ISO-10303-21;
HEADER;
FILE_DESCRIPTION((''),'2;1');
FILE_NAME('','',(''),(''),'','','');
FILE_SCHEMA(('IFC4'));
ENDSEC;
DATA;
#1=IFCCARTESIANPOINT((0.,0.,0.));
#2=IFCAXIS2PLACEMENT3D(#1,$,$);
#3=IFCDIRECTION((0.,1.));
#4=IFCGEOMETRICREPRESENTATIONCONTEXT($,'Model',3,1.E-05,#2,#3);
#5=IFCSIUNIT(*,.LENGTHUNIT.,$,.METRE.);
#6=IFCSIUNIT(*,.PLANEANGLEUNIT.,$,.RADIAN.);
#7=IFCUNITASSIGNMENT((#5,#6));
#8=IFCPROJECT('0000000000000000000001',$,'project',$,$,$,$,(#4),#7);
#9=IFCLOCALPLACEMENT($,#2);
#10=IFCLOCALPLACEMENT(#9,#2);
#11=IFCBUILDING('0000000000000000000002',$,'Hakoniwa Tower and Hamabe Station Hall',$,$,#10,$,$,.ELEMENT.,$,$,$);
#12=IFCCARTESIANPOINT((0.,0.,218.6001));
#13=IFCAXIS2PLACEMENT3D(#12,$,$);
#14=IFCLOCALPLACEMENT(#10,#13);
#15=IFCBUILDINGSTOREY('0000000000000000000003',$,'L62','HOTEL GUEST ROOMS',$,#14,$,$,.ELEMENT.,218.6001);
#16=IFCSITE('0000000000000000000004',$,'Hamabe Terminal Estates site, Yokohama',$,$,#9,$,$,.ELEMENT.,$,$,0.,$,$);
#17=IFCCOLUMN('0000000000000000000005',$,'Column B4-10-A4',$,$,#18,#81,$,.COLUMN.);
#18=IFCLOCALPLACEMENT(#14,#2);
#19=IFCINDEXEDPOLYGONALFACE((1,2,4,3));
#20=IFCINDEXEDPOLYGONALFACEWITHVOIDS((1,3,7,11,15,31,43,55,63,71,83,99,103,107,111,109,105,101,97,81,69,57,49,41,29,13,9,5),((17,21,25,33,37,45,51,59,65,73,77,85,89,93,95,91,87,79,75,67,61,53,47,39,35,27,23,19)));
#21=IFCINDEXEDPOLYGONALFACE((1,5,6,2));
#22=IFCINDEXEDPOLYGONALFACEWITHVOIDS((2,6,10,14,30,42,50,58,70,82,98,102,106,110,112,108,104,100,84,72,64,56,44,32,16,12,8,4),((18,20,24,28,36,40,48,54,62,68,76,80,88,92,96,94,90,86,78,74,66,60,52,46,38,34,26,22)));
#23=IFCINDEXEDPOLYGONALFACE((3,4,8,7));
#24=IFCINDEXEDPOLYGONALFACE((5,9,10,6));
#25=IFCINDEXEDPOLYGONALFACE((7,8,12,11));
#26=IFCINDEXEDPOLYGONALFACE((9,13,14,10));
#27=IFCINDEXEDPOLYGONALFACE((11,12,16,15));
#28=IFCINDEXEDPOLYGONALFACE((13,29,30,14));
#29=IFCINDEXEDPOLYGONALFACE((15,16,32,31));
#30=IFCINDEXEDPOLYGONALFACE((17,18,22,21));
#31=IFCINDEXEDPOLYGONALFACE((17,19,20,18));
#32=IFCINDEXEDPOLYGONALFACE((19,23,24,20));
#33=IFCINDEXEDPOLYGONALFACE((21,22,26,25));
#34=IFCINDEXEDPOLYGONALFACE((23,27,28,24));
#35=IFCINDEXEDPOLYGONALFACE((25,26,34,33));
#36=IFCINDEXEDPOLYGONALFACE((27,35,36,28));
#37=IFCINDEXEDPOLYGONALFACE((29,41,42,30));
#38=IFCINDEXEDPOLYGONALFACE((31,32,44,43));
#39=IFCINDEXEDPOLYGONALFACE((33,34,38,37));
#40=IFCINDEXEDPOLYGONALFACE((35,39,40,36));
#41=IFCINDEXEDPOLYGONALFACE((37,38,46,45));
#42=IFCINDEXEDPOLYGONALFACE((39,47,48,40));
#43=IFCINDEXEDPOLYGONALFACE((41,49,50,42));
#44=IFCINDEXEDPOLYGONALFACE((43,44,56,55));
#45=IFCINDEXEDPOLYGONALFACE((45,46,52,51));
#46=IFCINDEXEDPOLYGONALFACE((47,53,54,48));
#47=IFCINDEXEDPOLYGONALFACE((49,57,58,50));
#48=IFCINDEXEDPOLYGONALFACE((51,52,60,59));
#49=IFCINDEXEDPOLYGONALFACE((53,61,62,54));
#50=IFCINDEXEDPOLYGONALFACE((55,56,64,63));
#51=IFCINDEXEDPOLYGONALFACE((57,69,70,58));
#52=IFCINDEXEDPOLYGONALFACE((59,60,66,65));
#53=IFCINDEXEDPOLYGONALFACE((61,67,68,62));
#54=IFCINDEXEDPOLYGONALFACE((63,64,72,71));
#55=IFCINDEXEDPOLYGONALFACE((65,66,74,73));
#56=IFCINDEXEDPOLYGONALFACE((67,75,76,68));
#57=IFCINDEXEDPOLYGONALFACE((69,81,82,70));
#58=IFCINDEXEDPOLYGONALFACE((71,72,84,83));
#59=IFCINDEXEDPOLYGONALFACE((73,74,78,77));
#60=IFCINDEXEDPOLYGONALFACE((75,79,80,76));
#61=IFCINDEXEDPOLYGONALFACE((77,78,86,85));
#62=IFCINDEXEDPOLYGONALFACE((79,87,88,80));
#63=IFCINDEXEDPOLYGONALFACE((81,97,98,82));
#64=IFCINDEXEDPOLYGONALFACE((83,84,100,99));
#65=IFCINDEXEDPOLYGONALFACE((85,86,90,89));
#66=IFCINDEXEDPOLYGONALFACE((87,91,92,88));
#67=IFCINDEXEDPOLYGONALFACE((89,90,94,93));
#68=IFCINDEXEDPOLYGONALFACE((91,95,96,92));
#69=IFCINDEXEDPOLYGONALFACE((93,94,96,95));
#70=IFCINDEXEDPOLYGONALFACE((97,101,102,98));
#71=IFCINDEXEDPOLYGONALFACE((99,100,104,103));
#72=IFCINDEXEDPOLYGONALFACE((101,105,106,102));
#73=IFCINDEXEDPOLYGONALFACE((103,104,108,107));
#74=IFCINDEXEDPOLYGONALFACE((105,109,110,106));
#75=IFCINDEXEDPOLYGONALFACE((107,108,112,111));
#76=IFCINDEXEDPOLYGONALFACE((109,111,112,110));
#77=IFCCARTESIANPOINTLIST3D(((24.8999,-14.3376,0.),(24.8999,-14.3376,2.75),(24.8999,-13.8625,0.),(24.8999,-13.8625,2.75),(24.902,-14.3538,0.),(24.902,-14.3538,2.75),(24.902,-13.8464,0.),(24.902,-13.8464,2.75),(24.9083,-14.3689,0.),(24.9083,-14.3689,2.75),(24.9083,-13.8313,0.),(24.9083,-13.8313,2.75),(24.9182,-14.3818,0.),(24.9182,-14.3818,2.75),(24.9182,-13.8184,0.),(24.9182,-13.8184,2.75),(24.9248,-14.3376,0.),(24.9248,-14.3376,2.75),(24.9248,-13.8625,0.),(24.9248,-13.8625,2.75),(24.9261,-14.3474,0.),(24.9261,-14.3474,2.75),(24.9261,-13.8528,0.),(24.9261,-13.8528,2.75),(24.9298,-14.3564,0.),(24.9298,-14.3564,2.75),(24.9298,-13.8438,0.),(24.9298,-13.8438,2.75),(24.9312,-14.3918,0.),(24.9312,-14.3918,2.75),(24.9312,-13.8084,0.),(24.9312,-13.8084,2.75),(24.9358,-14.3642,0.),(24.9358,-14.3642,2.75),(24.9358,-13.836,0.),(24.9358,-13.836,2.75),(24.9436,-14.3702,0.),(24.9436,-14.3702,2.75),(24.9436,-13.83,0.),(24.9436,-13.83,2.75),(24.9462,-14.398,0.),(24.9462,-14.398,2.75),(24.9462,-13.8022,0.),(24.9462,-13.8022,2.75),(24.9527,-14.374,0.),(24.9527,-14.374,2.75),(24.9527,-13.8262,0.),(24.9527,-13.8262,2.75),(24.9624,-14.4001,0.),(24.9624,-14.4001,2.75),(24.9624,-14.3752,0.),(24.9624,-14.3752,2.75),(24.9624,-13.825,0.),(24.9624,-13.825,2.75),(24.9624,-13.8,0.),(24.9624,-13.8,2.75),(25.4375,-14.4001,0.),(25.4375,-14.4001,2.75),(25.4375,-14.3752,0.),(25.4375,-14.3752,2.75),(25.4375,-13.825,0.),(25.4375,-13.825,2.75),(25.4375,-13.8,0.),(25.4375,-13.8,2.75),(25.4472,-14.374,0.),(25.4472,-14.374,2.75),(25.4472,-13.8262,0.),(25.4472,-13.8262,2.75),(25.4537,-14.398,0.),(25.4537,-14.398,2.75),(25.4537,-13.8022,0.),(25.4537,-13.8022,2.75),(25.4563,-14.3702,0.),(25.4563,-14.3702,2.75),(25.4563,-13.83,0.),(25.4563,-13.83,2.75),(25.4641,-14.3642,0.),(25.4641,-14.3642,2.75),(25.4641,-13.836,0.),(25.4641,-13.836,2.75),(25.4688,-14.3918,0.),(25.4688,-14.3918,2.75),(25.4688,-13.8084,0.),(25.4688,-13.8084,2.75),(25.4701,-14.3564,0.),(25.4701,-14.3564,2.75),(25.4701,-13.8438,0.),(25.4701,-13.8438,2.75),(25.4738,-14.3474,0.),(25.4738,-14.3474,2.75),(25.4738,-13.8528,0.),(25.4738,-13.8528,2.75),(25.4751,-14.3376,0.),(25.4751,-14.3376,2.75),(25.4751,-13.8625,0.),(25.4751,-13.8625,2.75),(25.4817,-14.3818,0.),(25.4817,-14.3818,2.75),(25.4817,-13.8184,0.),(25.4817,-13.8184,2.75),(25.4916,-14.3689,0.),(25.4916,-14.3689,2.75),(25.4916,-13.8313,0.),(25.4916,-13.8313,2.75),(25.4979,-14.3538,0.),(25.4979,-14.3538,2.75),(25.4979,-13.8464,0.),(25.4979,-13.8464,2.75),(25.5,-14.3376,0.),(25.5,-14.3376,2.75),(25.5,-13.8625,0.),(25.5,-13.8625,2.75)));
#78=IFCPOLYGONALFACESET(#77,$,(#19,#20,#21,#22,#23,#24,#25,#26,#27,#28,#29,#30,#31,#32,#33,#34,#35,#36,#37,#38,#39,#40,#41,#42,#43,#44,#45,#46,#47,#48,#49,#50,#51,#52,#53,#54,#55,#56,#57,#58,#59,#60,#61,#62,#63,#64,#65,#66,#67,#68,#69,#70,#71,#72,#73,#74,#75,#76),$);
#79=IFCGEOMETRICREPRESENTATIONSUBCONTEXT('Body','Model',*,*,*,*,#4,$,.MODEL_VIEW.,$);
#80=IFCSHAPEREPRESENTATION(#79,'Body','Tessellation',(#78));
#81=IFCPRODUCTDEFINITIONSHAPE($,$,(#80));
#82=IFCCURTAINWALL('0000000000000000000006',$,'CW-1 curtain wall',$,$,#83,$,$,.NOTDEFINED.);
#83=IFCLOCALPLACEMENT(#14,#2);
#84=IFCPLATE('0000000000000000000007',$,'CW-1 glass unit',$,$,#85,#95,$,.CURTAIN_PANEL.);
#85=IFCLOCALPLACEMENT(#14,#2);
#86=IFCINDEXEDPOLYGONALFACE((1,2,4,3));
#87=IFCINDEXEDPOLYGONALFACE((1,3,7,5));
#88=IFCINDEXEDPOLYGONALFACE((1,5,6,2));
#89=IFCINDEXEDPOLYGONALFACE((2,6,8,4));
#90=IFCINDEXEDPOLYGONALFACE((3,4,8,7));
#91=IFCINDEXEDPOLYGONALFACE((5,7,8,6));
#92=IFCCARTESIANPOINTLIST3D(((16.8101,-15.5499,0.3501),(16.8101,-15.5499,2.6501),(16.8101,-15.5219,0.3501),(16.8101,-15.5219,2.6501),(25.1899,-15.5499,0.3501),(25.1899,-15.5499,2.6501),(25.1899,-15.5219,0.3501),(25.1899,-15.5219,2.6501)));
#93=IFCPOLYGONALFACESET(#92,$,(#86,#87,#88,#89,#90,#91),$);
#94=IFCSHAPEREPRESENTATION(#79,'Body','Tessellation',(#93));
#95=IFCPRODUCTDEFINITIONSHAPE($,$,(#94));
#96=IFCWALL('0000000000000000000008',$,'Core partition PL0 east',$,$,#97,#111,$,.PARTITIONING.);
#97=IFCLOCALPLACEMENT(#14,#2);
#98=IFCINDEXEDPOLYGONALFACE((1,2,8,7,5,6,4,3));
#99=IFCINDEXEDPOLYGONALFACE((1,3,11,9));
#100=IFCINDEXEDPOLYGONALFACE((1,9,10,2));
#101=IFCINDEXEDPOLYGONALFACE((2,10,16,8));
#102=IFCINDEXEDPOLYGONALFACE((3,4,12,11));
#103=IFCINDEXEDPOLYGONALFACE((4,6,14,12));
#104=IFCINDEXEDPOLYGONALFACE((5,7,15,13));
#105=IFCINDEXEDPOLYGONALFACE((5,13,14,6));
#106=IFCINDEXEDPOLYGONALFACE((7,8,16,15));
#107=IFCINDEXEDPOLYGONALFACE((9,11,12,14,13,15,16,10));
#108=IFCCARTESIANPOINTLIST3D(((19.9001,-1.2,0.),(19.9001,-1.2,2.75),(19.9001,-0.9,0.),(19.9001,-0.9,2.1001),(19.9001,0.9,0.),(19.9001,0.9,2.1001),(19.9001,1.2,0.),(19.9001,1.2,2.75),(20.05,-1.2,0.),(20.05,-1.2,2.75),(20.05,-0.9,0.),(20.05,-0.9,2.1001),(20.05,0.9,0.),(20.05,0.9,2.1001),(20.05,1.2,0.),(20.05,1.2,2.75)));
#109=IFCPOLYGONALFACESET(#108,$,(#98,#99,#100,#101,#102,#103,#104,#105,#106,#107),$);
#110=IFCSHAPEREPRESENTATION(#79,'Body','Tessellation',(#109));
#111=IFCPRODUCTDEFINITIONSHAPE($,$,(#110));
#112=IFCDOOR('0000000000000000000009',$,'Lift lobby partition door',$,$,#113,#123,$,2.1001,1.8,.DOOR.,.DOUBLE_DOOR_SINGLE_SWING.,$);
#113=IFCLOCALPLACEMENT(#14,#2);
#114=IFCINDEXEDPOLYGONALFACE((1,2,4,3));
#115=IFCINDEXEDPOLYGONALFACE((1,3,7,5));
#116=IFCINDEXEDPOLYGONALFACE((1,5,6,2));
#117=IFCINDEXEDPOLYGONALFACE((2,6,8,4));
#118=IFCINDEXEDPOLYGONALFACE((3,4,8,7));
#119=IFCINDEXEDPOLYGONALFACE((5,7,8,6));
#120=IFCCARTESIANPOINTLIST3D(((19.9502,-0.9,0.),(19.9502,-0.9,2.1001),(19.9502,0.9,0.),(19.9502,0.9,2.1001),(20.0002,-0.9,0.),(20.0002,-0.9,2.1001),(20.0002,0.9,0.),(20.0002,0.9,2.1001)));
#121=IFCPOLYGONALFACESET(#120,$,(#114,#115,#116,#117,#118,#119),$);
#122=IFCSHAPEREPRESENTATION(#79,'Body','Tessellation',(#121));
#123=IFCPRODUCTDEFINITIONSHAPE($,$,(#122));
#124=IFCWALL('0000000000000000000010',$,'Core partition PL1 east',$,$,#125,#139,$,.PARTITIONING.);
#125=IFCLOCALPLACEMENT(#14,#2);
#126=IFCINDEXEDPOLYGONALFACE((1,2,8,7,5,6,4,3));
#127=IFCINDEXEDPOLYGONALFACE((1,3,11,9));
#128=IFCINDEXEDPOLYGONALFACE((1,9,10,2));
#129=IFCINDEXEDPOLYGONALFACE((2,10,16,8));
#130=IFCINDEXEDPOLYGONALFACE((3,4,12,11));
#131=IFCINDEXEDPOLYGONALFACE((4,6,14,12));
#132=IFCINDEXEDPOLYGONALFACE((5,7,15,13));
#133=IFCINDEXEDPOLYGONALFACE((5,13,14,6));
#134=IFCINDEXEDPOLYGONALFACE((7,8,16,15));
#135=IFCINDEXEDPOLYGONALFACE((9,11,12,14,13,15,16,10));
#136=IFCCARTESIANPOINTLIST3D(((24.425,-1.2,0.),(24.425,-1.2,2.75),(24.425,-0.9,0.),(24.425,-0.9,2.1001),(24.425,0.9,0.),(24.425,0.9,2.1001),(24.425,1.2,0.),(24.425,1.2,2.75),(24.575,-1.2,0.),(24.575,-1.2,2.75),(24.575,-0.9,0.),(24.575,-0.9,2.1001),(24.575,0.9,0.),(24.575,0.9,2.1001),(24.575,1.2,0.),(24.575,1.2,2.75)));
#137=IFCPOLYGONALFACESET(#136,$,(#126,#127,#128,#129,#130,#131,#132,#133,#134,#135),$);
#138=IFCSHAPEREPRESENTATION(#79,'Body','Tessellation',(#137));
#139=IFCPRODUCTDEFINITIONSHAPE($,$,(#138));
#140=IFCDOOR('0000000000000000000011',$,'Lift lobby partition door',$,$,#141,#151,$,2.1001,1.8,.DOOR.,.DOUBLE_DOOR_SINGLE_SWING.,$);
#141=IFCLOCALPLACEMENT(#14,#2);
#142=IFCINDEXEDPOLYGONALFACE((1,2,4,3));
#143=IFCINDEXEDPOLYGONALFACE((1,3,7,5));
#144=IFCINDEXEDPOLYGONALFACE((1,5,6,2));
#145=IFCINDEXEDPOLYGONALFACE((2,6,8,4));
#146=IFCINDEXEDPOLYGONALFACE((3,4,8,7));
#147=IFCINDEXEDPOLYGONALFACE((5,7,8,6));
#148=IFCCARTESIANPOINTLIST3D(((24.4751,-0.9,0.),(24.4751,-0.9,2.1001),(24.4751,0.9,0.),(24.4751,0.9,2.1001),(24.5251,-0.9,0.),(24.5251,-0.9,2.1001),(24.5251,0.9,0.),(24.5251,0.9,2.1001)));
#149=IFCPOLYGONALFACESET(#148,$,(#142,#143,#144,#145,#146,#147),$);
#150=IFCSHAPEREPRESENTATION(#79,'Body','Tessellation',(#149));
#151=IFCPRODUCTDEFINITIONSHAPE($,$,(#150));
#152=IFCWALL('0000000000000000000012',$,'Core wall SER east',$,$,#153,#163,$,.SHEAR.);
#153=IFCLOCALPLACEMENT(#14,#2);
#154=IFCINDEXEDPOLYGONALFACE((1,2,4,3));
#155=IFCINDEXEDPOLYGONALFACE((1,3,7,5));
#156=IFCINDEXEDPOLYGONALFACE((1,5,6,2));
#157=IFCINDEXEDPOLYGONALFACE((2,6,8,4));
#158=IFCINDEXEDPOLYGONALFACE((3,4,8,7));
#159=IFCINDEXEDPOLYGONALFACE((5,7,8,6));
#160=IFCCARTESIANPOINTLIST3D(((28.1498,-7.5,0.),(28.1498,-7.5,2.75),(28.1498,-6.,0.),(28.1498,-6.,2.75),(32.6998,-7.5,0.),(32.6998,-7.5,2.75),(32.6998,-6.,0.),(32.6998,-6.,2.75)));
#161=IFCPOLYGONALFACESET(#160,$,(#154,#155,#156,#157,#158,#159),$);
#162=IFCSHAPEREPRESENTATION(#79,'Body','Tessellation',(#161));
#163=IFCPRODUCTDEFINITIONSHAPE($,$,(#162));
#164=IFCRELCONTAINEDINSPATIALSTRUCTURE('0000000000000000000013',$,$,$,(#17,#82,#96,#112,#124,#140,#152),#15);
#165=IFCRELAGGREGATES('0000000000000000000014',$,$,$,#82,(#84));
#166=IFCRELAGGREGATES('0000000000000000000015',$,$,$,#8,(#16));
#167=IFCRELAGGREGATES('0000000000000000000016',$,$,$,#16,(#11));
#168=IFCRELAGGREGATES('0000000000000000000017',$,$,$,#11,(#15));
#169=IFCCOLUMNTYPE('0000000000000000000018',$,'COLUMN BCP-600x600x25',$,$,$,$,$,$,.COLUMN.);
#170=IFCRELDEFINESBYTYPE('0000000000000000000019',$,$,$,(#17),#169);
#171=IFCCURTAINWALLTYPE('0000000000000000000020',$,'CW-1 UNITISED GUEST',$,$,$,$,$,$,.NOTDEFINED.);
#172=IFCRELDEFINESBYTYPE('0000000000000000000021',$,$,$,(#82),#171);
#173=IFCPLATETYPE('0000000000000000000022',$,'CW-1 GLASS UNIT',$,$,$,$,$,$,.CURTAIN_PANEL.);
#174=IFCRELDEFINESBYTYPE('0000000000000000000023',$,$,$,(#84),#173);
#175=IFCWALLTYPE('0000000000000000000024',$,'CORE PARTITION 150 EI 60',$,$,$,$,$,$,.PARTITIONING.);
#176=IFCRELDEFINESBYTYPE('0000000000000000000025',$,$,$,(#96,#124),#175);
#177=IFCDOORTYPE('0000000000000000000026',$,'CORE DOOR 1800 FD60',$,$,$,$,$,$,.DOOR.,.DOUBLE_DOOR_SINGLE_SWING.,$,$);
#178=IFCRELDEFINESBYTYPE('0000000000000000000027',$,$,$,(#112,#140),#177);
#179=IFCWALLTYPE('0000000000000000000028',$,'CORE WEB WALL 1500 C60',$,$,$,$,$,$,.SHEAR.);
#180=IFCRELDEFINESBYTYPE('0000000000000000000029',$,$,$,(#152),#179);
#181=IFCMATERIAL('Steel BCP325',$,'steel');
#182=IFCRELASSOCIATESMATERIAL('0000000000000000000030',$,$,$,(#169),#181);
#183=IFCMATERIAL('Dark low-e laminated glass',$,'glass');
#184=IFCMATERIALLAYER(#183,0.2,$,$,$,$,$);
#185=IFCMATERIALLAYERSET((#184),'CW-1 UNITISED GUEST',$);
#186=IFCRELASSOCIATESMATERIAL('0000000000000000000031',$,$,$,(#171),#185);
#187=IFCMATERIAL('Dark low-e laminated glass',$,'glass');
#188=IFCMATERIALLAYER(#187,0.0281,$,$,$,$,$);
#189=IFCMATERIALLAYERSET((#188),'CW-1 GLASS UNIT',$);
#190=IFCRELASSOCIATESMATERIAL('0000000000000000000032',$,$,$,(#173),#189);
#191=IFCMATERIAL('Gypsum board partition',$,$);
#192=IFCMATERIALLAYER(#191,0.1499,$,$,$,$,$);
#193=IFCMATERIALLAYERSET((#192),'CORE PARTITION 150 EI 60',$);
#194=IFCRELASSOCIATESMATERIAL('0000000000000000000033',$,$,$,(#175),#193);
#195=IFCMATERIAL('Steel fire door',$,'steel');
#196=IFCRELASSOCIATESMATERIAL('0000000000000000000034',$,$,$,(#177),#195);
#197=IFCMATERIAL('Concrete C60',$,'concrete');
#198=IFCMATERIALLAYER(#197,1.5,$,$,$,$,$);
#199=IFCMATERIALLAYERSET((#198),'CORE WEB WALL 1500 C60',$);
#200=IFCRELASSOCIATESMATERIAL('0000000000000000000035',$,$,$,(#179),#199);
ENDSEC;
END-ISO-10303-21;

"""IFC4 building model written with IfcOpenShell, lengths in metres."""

from ifc_helpers import new_model, si_unit, direction, frame, frame_2d, origin, origin_2d, place, context, subcontext, project, spatial, rectangle, hollow_rectangle, extrude, material, layer, layer_set, material_profile, profile_set, type_object, element, fill, aggregate, save


model = new_model("IFC4")

# Units and contexts
model_context = context("Model", 3, precision=1e-05, world=origin(), true_north=direction((0.0, 1.0)))
body_context = subcontext(model_context, "Body", "Model", "MODEL_VIEW")
ifc_project = project(units=[si_unit("LENGTHUNIT", "METRE"), si_unit("PLANEANGLEUNIT", "RADIAN")], contexts=[model_context])

# Site, building, storey
site_placement = place(None, origin())
site = spatial("IfcSite", under=ifc_project, at=site_placement, Name="Hamabe Terminal Estates site, Yokohama", CompositionType="ELEMENT", RefElevation=0.0)
building_placement = place(site_placement, origin())
building = spatial("IfcBuilding", under=site, at=building_placement, Name="Hakoniwa Tower and Hamabe Station Hall", CompositionType="ELEMENT")
storey_placement = place(building_placement, frame((0.0, 0.0, 218.6001)))
storey = spatial("IfcBuildingStorey", under=building, at=storey_placement, Name="L62", Description="HOTEL GUEST ROOMS", CompositionType="ELEMENT", Elevation=218.6001)

# Column
ifc_material_1 = material(Name="Steel BCP325", Category="steel")
ifc_material_profile = material_profile(ifc_material_1, hollow_rectangle(XDim=0.6001, YDim=0.6001, WallThickness=0.0249, InnerFilletRadius=0.0376, OuterFilletRadius=0.0625, at=origin_2d()), Name="BCP-600x600x25")
ifc_profile_set = profile_set([ifc_material_profile], Name="Steel BCP325")
column_type = type_object("IfcColumnType", Name="COLUMN BCP-600x600x25", PredefinedType="COLUMN", material=ifc_profile_set)
column_placement = place(storey_placement, frame((25.2, -14.1001, 0.0), z_axis=(0.0, 0.0, 1.0), x_axis=(1.0, 0.0, 0.0)))
element("IfcColumn", 1, at=column_placement, inside=storey, type_object=column_type, Name="Column B4-10-A4", PredefinedType="COLUMN", context=body_context, shape_type="SweptSolid", body=[
    extrude(hollow_rectangle(XDim=0.6001, YDim=0.6001, WallThickness=0.0249, InnerFilletRadius=0.0376, OuterFilletRadius=0.0625, at=origin_2d()), origin(), (0.0, 0.0, 1.0), 2.75),
])

# Curtain wall, plate
ifc_material_2 = material(Name="Dark low-e laminated glass", Category="glass")
ifc_layer_1 = layer(ifc_material_2, 0.2)
ifc_layer_set_1 = layer_set([ifc_layer_1], Name="CW-1 UNITISED GUEST")
curtain_wall_type = type_object("IfcCurtainWallType", Name="CW-1 UNITISED GUEST", PredefinedType="NOTDEFINED", material=ifc_layer_set_1)
curtain_wall_placement = place(storey_placement, origin())
curtain_wall = element("IfcCurtainWall", 2, at=curtain_wall_placement, inside=storey, type_object=curtain_wall_type, Name="CW-1 curtain wall", PredefinedType="NOTDEFINED")
ifc_material_3 = material(Name="Dark low-e laminated glass", Category="glass")
ifc_layer_2 = layer(ifc_material_3, 0.0281)
ifc_layer_set_2 = layer_set([ifc_layer_2], Name="CW-1 GLASS UNIT")
plate_type = type_object("IfcPlateType", Name="CW-1 GLASS UNIT", PredefinedType="CURTAIN_PANEL", material=ifc_layer_set_2)
plate_placement = place(storey_placement, frame((21.0, -15.5359, 0.3501), z_axis=(0.0, 0.0, 1.0), x_axis=(1.0, 0.0, 0.0)))
plate = element("IfcPlate", 3, at=plate_placement, type_object=plate_type, Name="CW-1 glass unit", PredefinedType="CURTAIN_PANEL", context=body_context, shape_type="SweptSolid", body=[
    extrude(rectangle(XDim=8.3799, YDim=0.0281, at=origin_2d()), origin(), (0.0, 0.0, 1.0), 2.3),
])
aggregate(curtain_wall, [plate])

# Walls, openings, doors
ifc_material_4 = material(Name="Gypsum board partition")
ifc_layer_3 = layer(ifc_material_4, 0.1499)
ifc_layer_set_3 = layer_set([ifc_layer_3], Name="CORE PARTITION 150 EI 60")
wall_type_1 = type_object("IfcWallType", Name="CORE PARTITION 150 EI 60", PredefinedType="PARTITIONING", material=ifc_layer_set_3)
wall_1_placement = place(storey_placement, frame((19.9751, -1.2, 0.0), z_axis=(0.0, 0.0, 1.0), x_axis=(0.0, 1.0, 0.0)))
wall_1 = element("IfcWall", 4, at=wall_1_placement, inside=storey, type_object=wall_type_1, Name="Core partition PL0 east", PredefinedType="PARTITIONING", context=body_context, shape_type="SweptSolid", body=[
    extrude(rectangle(XDim=2.3999, YDim=0.1499, at=frame_2d((1.2, 0.0))), origin(), (0.0, 0.0, 1.0), 2.75),
])
opening_1_placement = place(wall_1_placement, frame((0.3, 0.0, 0.0)))
opening_1 = element("IfcOpeningElement", 5, at=opening_1_placement, cuts=wall_1, PredefinedType="OPENING", context=body_context, shape_type="SweptSolid", body=[
    extrude(rectangle(XDim=1.8, YDim=2.1001, at=frame_2d((0.8999, 1.05))), frame((0.0, 0.085, 0.0), z_axis=(0.0, -1.0, 0.0), x_axis=(1.0, 0.0, 0.0)), (0.0, 0.0, 1.0), 0.1699),
])
ifc_material_5 = material(Name="Steel fire door", Category="steel")
door_type_1 = type_object("IfcDoorType", Name="CORE DOOR 1800 FD60", OperationType="DOUBLE_DOOR_SINGLE_SWING", PredefinedType="DOOR", material=ifc_material_5)
door_1_placement = place(opening_1_placement, origin())
door_1 = element("IfcDoor", 6, at=door_1_placement, inside=storey, type_object=door_type_1, Name="Lift lobby partition door", OperationType="DOUBLE_DOOR_SINGLE_SWING", OverallHeight=2.1001, OverallWidth=1.8, PredefinedType="DOOR", context=body_context, shape_type="SweptSolid", body=[
    extrude(rectangle(XDim=1.8, YDim=2.1001, at=frame_2d((0.8999, 1.05))), frame((0.0, 0.0249, 0.0), z_axis=(0.0, -1.0, 0.0), x_axis=(1.0, 0.0, 0.0)), (0.0, 0.0, 1.0), 0.05),
])
fill(opening_1, door_1)
wall_2_placement = place(storey_placement, frame((24.5, -1.2, 0.0), z_axis=(0.0, 0.0, 1.0), x_axis=(0.0, 1.0, 0.0)))
wall_2 = element("IfcWall", 7, at=wall_2_placement, inside=storey, type_object=wall_type_1, Name="Core partition PL1 east", PredefinedType="PARTITIONING", context=body_context, shape_type="SweptSolid", body=[
    extrude(rectangle(XDim=2.3999, YDim=0.1499, at=frame_2d((1.2, 0.0))), origin(), (0.0, 0.0, 1.0), 2.75),
])
opening_2_placement = place(wall_2_placement, frame((0.3, 0.0, 0.0)))
opening_2 = element("IfcOpeningElement", 8, at=opening_2_placement, cuts=wall_2, PredefinedType="OPENING", context=body_context, shape_type="SweptSolid", body=[
    extrude(rectangle(XDim=1.8, YDim=2.1001, at=frame_2d((0.8999, 1.05))), frame((0.0, 0.085, 0.0), z_axis=(0.0, -1.0, 0.0), x_axis=(1.0, 0.0, 0.0)), (0.0, 0.0, 1.0), 0.1699),
])
door_2_placement = place(opening_2_placement, origin())
door_2 = element("IfcDoor", 9, at=door_2_placement, inside=storey, type_object=door_type_1, Name="Lift lobby partition door", OperationType="DOUBLE_DOOR_SINGLE_SWING", OverallHeight=2.1001, OverallWidth=1.8, PredefinedType="DOOR", context=body_context, shape_type="SweptSolid", body=[
    extrude(rectangle(XDim=1.8, YDim=2.1001, at=frame_2d((0.8999, 1.05))), frame((0.0, 0.0249, 0.0), z_axis=(0.0, -1.0, 0.0), x_axis=(1.0, 0.0, 0.0)), (0.0, 0.0, 1.0), 0.05),
])
fill(opening_2, door_2)

# Wall
ifc_material_6 = material(Name="Concrete C60", Category="concrete")
ifc_layer_4 = layer(ifc_material_6, 1.5)
ifc_layer_set_4 = layer_set([ifc_layer_4], Name="CORE WEB WALL 1500 C60")
wall_type_2 = type_object("IfcWallType", Name="CORE WEB WALL 1500 C60", PredefinedType="SHEAR", material=ifc_layer_set_4)
wall_3_placement = place(storey_placement, frame((28.1499, -6.75, 0.0), z_axis=(0.0, 0.0, 1.0), x_axis=(1.0, 0.0, 0.0)))
element("IfcWall", 10, at=wall_3_placement, inside=storey, type_object=wall_type_2, Name="Core wall SER east", PredefinedType="SHEAR", context=body_context, shape_type="SweptSolid", body=[
    extrude(rectangle(XDim=4.55, YDim=1.5, at=frame_2d((2.2749, 0.0))), origin(), (0.0, 0.0, 1.0), 2.75),
])

save(model, "model.ifc")
